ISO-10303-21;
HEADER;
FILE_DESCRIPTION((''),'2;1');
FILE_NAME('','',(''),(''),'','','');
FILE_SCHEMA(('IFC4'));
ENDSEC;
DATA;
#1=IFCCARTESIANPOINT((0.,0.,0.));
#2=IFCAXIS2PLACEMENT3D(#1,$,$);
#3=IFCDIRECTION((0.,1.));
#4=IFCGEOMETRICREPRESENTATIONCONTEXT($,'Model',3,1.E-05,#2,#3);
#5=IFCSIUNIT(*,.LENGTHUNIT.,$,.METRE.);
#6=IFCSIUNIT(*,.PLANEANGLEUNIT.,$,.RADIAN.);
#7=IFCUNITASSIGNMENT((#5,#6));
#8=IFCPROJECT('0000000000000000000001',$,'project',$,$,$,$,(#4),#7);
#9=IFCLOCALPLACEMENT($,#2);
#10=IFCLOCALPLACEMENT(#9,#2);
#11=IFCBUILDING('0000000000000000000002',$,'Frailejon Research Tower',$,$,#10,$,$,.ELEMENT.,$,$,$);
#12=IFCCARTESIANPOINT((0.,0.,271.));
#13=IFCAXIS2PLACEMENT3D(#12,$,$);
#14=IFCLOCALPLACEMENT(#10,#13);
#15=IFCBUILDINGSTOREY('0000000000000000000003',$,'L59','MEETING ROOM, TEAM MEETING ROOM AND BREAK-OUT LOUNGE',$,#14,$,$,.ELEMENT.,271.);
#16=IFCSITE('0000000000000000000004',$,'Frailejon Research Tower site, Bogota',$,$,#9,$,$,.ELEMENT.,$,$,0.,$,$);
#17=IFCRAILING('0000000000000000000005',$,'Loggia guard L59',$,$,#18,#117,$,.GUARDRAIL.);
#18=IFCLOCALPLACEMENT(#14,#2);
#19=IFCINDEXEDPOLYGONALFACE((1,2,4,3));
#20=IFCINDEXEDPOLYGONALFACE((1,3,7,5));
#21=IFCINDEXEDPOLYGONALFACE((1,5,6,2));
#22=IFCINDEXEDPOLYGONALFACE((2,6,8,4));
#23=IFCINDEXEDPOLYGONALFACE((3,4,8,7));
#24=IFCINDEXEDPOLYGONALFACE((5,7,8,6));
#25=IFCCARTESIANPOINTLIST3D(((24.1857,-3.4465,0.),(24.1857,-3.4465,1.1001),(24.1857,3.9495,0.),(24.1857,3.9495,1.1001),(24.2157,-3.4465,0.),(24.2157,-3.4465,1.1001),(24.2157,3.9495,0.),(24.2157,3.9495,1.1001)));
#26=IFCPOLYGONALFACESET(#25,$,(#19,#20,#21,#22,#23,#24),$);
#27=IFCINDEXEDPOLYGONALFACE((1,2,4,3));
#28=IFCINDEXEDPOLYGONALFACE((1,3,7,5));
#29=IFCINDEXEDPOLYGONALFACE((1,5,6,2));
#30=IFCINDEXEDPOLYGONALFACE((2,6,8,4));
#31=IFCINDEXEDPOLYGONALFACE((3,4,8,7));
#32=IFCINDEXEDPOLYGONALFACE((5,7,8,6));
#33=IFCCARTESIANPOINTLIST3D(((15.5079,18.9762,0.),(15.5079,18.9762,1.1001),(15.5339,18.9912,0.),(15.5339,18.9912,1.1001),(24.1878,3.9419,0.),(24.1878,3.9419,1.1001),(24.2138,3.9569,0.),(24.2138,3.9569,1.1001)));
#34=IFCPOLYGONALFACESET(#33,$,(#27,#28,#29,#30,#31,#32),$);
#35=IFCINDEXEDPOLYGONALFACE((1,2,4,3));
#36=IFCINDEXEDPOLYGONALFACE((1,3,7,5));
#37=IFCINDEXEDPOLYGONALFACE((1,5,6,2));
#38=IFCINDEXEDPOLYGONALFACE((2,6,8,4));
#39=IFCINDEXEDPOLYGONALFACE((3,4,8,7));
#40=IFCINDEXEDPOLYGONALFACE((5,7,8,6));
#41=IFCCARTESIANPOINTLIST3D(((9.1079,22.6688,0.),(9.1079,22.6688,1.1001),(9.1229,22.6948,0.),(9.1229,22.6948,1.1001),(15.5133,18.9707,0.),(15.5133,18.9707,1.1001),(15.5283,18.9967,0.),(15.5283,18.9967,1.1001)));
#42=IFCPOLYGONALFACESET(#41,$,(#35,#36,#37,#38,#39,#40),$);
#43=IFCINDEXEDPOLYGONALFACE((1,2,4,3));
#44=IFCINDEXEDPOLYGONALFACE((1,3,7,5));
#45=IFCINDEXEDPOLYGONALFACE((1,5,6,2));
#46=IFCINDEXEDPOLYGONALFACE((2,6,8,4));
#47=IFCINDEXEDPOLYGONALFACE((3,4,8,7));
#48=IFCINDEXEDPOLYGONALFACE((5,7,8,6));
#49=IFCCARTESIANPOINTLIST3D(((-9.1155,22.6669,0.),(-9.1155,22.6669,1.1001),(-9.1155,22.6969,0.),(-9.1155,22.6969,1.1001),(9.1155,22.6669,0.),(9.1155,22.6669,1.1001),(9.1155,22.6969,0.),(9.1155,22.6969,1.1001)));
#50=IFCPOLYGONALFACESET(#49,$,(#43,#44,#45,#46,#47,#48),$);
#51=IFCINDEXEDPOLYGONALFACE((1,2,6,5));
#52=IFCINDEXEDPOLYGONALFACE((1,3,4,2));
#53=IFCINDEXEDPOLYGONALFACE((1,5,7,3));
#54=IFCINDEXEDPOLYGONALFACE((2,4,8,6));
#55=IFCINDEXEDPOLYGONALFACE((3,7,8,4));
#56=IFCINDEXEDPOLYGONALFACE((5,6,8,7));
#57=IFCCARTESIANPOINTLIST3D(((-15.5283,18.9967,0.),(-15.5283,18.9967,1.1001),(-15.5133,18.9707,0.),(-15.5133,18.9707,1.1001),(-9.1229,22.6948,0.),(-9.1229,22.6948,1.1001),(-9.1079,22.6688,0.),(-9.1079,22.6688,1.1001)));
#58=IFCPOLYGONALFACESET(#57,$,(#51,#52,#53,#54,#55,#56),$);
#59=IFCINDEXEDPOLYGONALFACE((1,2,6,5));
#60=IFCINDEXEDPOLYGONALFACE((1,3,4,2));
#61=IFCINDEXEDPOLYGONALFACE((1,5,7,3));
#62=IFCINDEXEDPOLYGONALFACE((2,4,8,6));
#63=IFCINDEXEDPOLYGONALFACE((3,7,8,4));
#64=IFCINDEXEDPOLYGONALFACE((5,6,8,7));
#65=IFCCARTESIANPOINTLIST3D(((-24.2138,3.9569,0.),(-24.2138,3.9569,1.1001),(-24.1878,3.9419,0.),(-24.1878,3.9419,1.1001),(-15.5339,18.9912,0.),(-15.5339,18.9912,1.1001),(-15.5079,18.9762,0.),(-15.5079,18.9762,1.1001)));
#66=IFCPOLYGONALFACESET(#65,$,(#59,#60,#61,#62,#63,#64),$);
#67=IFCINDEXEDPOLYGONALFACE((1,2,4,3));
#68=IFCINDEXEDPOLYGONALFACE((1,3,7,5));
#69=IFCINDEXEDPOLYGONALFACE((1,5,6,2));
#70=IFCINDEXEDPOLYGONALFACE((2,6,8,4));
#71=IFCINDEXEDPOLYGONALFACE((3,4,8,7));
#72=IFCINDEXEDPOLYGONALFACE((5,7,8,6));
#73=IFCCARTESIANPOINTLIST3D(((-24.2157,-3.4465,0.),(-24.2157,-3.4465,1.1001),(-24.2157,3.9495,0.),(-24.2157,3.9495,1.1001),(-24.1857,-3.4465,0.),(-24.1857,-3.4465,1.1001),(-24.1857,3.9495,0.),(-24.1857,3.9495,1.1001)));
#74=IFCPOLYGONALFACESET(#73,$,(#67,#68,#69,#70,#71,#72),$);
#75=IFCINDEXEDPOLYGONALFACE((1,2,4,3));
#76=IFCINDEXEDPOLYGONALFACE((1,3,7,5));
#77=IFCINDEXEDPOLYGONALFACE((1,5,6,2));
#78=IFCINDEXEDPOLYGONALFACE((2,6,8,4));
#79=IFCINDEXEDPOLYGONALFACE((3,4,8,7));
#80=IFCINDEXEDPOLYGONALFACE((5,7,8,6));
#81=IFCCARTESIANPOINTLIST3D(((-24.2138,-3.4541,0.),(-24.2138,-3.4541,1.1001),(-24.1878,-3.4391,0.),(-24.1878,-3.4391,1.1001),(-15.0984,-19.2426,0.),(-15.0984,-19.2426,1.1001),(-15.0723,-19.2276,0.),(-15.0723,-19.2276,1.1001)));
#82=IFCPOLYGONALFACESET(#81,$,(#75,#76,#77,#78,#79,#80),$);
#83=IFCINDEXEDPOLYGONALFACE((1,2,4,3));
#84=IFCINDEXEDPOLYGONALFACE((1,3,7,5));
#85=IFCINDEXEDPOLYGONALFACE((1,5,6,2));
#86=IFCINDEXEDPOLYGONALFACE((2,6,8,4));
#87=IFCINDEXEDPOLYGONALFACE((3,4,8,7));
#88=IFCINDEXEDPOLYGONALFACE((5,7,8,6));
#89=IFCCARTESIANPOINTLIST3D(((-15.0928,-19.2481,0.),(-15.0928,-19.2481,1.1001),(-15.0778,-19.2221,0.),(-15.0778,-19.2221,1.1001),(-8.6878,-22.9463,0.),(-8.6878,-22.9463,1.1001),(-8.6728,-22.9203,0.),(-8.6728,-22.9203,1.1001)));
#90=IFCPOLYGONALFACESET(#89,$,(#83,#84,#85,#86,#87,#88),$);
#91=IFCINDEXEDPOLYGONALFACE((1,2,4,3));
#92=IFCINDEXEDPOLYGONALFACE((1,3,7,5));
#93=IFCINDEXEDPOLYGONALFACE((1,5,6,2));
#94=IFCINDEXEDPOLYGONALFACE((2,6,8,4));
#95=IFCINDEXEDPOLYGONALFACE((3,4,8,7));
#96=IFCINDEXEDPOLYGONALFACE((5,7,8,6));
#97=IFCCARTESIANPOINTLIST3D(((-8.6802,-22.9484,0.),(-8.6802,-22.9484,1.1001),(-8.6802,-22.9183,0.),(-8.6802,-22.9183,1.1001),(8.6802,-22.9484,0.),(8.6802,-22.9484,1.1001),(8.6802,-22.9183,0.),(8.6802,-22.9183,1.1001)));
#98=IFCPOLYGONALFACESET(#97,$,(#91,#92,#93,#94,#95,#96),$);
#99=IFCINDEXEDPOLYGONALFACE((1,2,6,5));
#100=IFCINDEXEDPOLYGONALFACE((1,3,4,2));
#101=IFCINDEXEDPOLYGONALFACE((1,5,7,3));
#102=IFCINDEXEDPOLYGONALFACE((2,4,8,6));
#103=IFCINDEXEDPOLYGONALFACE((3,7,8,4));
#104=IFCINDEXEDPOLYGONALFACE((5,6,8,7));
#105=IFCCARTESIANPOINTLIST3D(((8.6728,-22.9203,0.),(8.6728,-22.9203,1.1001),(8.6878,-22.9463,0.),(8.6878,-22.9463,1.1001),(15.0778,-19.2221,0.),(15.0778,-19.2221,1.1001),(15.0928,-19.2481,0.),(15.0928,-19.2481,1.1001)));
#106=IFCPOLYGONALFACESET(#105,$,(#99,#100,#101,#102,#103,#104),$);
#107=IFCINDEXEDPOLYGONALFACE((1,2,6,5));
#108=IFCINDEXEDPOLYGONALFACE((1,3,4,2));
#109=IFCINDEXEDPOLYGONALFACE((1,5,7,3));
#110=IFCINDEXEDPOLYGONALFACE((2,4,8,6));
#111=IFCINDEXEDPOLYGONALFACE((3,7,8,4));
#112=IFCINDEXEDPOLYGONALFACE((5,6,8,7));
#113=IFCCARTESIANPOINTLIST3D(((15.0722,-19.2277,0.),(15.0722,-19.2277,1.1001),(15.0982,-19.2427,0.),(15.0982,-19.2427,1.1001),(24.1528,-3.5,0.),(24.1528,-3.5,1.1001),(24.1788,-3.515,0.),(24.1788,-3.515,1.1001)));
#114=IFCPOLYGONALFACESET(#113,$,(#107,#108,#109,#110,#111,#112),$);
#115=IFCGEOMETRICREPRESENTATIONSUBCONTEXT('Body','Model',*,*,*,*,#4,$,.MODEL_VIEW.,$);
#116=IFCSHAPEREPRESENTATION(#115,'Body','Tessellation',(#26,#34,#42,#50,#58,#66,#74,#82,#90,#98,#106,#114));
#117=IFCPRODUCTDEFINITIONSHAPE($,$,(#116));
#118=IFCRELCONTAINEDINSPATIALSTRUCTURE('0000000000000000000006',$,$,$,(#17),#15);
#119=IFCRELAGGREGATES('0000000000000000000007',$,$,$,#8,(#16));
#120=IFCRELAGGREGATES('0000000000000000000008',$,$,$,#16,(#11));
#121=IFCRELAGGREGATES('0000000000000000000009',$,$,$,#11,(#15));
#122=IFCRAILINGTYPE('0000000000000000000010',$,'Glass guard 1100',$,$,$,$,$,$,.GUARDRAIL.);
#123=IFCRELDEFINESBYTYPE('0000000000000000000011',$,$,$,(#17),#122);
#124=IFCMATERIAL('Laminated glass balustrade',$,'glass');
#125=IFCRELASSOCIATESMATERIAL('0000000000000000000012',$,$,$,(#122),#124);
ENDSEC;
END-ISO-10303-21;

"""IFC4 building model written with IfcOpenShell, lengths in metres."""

from ifc_helpers import new_model, si_unit, direction, frame, origin, origin_2d, place, context, subcontext, project, spatial, rectangle, extrude, material, type_object, element, save


model = new_model("IFC4")

# Units and contexts
model_context = context("Model", 3, precision=1e-05, world=origin(), true_north=direction((0.0, 1.0)))
body_context = subcontext(model_context, "Body", "Model", "MODEL_VIEW")
ifc_project = project(units=[si_unit("LENGTHUNIT", "METRE"), si_unit("PLANEANGLEUNIT", "RADIAN")], contexts=[model_context])

# Site, building, storey
site_placement = place(None, origin())
site = spatial("IfcSite", under=ifc_project, at=site_placement, Name="Frailejon Research Tower site, Bogota", CompositionType="ELEMENT", RefElevation=0.0)
building_placement = place(site_placement, origin())
building = spatial("IfcBuilding", under=site, at=building_placement, Name="Frailejon Research Tower", CompositionType="ELEMENT")
storey_placement = place(building_placement, frame((0.0, 0.0, 271.0)))
storey = spatial("IfcBuildingStorey", under=building, at=storey_placement, Name="L59", Description="MEETING ROOM, TEAM MEETING ROOM AND BREAK-OUT LOUNGE", CompositionType="ELEMENT", Elevation=271.0)

# Railing
ifc_material_1 = material(Name="Laminated glass balustrade", Category="glass")
railing_type = type_object("IfcRailingType", Name="Glass guard 1100", PredefinedType="GUARDRAIL", material=ifc_material_1)
railing_placement = place(storey_placement, frame((24.2007, -3.4465, 0.0)))
element("IfcRailing", 1, at=railing_placement, inside=storey, type_object=railing_type, Name="Loggia guard L59", PredefinedType="GUARDRAIL", context=body_context, shape_type="SweptSolid", body=[
    extrude(rectangle(XDim=7.396, YDim=0.03, at=origin_2d()), frame((0.0, 3.698, 0.0), z_axis=(0.0, 0.0, 1.0), x_axis=(0.0, 1.0, 0.0)), (0.0, 0.0, 1.0), 1.1001),
    extrude(rectangle(XDim=17.3601, YDim=0.03, at=origin_2d()), frame((-4.3398, 14.9131, 0.0), z_axis=(0.0, 0.0, 1.0), x_axis=(-0.499991, 0.86603, 0.0)), (0.0, 0.0, 1.0), 1.1001),
    extrude(rectangle(XDim=7.3962, YDim=0.03, at=origin_2d()), frame((-11.8826, 24.2793, 0.0), z_axis=(0.0, 0.0, 1.0), x_axis=(-0.866031, 0.499991, 0.0)), (0.0, 0.0, 1.0), 1.1001),
    extrude(rectangle(XDim=18.231, YDim=0.03, at=origin_2d()), frame((-24.2007, 26.1284, 0.0), z_axis=(0.0, 0.0, 1.0), x_axis=(-1.0, 0.0, 0.0)), (0.0, 0.0, 1.0), 1.1001),
    extrude(rectangle(XDim=7.3962, YDim=0.03, at=origin_2d()), frame((-36.5188, 24.2793, 0.0), z_axis=(0.0, 0.0, 1.0), x_axis=(-0.866031, -0.499991, 0.0)), (0.0, 0.0, 1.0), 1.1001),
    extrude(rectangle(XDim=17.3601, YDim=0.03, at=origin_2d()), frame((-44.0615, 14.9131, 0.0), z_axis=(0.0, 0.0, 1.0), x_axis=(-0.499991, -0.86603, 0.0)), (0.0, 0.0, 1.0), 1.1001),
    extrude(rectangle(XDim=7.396, YDim=0.03, at=origin_2d()), frame((-48.4014, 3.698, 0.0), z_axis=(0.0, 0.0, 1.0), x_axis=(0.0, -1.0, 0.0)), (0.0, 0.0, 1.0), 1.1001),
    extrude(rectangle(XDim=18.231, YDim=0.03, at=origin_2d()), frame((-43.8438, -7.8943, 0.0), z_axis=(0.0, 0.0, 1.0), x_axis=(0.499998, -0.866027, 0.0)), (0.0, 0.0, 1.0), 1.1001),
    extrude(rectangle(XDim=7.396, YDim=0.03, at=origin_2d()), frame((-36.0835, -17.6377, 0.0), z_axis=(0.0, 0.0, 1.0), x_axis=(0.866008, -0.50003, 0.0)), (0.0, 0.0, 1.0), 1.1001),
    extrude(rectangle(XDim=17.3604, YDim=0.03, at=origin_2d()), frame((-24.2007, -19.4868, 0.0), z_axis=(0.0, 0.0, 1.0), x_axis=(1.0, 0.0, 0.0)), (0.0, 0.0, 1.0), 1.1001),
    extrude(rectangle(XDim=7.396, YDim=0.03, at=origin_2d()), frame((-12.3179, -17.6377, 0.0), z_axis=(0.0, 0.0, 1.0), x_axis=(0.866008, 0.50003, 0.0)), (0.0, 0.0, 1.0), 1.1001),
    extrude(rectangle(XDim=18.1609, YDim=0.03, at=origin_2d()), frame((-4.5752, -7.9248, 0.0), z_axis=(0.0, 0.0, 1.0), x_axis=(0.500005, 0.866022, 0.0)), (0.0, 0.0, 1.0), 1.1001),
])

save(model, "model.ifc")
